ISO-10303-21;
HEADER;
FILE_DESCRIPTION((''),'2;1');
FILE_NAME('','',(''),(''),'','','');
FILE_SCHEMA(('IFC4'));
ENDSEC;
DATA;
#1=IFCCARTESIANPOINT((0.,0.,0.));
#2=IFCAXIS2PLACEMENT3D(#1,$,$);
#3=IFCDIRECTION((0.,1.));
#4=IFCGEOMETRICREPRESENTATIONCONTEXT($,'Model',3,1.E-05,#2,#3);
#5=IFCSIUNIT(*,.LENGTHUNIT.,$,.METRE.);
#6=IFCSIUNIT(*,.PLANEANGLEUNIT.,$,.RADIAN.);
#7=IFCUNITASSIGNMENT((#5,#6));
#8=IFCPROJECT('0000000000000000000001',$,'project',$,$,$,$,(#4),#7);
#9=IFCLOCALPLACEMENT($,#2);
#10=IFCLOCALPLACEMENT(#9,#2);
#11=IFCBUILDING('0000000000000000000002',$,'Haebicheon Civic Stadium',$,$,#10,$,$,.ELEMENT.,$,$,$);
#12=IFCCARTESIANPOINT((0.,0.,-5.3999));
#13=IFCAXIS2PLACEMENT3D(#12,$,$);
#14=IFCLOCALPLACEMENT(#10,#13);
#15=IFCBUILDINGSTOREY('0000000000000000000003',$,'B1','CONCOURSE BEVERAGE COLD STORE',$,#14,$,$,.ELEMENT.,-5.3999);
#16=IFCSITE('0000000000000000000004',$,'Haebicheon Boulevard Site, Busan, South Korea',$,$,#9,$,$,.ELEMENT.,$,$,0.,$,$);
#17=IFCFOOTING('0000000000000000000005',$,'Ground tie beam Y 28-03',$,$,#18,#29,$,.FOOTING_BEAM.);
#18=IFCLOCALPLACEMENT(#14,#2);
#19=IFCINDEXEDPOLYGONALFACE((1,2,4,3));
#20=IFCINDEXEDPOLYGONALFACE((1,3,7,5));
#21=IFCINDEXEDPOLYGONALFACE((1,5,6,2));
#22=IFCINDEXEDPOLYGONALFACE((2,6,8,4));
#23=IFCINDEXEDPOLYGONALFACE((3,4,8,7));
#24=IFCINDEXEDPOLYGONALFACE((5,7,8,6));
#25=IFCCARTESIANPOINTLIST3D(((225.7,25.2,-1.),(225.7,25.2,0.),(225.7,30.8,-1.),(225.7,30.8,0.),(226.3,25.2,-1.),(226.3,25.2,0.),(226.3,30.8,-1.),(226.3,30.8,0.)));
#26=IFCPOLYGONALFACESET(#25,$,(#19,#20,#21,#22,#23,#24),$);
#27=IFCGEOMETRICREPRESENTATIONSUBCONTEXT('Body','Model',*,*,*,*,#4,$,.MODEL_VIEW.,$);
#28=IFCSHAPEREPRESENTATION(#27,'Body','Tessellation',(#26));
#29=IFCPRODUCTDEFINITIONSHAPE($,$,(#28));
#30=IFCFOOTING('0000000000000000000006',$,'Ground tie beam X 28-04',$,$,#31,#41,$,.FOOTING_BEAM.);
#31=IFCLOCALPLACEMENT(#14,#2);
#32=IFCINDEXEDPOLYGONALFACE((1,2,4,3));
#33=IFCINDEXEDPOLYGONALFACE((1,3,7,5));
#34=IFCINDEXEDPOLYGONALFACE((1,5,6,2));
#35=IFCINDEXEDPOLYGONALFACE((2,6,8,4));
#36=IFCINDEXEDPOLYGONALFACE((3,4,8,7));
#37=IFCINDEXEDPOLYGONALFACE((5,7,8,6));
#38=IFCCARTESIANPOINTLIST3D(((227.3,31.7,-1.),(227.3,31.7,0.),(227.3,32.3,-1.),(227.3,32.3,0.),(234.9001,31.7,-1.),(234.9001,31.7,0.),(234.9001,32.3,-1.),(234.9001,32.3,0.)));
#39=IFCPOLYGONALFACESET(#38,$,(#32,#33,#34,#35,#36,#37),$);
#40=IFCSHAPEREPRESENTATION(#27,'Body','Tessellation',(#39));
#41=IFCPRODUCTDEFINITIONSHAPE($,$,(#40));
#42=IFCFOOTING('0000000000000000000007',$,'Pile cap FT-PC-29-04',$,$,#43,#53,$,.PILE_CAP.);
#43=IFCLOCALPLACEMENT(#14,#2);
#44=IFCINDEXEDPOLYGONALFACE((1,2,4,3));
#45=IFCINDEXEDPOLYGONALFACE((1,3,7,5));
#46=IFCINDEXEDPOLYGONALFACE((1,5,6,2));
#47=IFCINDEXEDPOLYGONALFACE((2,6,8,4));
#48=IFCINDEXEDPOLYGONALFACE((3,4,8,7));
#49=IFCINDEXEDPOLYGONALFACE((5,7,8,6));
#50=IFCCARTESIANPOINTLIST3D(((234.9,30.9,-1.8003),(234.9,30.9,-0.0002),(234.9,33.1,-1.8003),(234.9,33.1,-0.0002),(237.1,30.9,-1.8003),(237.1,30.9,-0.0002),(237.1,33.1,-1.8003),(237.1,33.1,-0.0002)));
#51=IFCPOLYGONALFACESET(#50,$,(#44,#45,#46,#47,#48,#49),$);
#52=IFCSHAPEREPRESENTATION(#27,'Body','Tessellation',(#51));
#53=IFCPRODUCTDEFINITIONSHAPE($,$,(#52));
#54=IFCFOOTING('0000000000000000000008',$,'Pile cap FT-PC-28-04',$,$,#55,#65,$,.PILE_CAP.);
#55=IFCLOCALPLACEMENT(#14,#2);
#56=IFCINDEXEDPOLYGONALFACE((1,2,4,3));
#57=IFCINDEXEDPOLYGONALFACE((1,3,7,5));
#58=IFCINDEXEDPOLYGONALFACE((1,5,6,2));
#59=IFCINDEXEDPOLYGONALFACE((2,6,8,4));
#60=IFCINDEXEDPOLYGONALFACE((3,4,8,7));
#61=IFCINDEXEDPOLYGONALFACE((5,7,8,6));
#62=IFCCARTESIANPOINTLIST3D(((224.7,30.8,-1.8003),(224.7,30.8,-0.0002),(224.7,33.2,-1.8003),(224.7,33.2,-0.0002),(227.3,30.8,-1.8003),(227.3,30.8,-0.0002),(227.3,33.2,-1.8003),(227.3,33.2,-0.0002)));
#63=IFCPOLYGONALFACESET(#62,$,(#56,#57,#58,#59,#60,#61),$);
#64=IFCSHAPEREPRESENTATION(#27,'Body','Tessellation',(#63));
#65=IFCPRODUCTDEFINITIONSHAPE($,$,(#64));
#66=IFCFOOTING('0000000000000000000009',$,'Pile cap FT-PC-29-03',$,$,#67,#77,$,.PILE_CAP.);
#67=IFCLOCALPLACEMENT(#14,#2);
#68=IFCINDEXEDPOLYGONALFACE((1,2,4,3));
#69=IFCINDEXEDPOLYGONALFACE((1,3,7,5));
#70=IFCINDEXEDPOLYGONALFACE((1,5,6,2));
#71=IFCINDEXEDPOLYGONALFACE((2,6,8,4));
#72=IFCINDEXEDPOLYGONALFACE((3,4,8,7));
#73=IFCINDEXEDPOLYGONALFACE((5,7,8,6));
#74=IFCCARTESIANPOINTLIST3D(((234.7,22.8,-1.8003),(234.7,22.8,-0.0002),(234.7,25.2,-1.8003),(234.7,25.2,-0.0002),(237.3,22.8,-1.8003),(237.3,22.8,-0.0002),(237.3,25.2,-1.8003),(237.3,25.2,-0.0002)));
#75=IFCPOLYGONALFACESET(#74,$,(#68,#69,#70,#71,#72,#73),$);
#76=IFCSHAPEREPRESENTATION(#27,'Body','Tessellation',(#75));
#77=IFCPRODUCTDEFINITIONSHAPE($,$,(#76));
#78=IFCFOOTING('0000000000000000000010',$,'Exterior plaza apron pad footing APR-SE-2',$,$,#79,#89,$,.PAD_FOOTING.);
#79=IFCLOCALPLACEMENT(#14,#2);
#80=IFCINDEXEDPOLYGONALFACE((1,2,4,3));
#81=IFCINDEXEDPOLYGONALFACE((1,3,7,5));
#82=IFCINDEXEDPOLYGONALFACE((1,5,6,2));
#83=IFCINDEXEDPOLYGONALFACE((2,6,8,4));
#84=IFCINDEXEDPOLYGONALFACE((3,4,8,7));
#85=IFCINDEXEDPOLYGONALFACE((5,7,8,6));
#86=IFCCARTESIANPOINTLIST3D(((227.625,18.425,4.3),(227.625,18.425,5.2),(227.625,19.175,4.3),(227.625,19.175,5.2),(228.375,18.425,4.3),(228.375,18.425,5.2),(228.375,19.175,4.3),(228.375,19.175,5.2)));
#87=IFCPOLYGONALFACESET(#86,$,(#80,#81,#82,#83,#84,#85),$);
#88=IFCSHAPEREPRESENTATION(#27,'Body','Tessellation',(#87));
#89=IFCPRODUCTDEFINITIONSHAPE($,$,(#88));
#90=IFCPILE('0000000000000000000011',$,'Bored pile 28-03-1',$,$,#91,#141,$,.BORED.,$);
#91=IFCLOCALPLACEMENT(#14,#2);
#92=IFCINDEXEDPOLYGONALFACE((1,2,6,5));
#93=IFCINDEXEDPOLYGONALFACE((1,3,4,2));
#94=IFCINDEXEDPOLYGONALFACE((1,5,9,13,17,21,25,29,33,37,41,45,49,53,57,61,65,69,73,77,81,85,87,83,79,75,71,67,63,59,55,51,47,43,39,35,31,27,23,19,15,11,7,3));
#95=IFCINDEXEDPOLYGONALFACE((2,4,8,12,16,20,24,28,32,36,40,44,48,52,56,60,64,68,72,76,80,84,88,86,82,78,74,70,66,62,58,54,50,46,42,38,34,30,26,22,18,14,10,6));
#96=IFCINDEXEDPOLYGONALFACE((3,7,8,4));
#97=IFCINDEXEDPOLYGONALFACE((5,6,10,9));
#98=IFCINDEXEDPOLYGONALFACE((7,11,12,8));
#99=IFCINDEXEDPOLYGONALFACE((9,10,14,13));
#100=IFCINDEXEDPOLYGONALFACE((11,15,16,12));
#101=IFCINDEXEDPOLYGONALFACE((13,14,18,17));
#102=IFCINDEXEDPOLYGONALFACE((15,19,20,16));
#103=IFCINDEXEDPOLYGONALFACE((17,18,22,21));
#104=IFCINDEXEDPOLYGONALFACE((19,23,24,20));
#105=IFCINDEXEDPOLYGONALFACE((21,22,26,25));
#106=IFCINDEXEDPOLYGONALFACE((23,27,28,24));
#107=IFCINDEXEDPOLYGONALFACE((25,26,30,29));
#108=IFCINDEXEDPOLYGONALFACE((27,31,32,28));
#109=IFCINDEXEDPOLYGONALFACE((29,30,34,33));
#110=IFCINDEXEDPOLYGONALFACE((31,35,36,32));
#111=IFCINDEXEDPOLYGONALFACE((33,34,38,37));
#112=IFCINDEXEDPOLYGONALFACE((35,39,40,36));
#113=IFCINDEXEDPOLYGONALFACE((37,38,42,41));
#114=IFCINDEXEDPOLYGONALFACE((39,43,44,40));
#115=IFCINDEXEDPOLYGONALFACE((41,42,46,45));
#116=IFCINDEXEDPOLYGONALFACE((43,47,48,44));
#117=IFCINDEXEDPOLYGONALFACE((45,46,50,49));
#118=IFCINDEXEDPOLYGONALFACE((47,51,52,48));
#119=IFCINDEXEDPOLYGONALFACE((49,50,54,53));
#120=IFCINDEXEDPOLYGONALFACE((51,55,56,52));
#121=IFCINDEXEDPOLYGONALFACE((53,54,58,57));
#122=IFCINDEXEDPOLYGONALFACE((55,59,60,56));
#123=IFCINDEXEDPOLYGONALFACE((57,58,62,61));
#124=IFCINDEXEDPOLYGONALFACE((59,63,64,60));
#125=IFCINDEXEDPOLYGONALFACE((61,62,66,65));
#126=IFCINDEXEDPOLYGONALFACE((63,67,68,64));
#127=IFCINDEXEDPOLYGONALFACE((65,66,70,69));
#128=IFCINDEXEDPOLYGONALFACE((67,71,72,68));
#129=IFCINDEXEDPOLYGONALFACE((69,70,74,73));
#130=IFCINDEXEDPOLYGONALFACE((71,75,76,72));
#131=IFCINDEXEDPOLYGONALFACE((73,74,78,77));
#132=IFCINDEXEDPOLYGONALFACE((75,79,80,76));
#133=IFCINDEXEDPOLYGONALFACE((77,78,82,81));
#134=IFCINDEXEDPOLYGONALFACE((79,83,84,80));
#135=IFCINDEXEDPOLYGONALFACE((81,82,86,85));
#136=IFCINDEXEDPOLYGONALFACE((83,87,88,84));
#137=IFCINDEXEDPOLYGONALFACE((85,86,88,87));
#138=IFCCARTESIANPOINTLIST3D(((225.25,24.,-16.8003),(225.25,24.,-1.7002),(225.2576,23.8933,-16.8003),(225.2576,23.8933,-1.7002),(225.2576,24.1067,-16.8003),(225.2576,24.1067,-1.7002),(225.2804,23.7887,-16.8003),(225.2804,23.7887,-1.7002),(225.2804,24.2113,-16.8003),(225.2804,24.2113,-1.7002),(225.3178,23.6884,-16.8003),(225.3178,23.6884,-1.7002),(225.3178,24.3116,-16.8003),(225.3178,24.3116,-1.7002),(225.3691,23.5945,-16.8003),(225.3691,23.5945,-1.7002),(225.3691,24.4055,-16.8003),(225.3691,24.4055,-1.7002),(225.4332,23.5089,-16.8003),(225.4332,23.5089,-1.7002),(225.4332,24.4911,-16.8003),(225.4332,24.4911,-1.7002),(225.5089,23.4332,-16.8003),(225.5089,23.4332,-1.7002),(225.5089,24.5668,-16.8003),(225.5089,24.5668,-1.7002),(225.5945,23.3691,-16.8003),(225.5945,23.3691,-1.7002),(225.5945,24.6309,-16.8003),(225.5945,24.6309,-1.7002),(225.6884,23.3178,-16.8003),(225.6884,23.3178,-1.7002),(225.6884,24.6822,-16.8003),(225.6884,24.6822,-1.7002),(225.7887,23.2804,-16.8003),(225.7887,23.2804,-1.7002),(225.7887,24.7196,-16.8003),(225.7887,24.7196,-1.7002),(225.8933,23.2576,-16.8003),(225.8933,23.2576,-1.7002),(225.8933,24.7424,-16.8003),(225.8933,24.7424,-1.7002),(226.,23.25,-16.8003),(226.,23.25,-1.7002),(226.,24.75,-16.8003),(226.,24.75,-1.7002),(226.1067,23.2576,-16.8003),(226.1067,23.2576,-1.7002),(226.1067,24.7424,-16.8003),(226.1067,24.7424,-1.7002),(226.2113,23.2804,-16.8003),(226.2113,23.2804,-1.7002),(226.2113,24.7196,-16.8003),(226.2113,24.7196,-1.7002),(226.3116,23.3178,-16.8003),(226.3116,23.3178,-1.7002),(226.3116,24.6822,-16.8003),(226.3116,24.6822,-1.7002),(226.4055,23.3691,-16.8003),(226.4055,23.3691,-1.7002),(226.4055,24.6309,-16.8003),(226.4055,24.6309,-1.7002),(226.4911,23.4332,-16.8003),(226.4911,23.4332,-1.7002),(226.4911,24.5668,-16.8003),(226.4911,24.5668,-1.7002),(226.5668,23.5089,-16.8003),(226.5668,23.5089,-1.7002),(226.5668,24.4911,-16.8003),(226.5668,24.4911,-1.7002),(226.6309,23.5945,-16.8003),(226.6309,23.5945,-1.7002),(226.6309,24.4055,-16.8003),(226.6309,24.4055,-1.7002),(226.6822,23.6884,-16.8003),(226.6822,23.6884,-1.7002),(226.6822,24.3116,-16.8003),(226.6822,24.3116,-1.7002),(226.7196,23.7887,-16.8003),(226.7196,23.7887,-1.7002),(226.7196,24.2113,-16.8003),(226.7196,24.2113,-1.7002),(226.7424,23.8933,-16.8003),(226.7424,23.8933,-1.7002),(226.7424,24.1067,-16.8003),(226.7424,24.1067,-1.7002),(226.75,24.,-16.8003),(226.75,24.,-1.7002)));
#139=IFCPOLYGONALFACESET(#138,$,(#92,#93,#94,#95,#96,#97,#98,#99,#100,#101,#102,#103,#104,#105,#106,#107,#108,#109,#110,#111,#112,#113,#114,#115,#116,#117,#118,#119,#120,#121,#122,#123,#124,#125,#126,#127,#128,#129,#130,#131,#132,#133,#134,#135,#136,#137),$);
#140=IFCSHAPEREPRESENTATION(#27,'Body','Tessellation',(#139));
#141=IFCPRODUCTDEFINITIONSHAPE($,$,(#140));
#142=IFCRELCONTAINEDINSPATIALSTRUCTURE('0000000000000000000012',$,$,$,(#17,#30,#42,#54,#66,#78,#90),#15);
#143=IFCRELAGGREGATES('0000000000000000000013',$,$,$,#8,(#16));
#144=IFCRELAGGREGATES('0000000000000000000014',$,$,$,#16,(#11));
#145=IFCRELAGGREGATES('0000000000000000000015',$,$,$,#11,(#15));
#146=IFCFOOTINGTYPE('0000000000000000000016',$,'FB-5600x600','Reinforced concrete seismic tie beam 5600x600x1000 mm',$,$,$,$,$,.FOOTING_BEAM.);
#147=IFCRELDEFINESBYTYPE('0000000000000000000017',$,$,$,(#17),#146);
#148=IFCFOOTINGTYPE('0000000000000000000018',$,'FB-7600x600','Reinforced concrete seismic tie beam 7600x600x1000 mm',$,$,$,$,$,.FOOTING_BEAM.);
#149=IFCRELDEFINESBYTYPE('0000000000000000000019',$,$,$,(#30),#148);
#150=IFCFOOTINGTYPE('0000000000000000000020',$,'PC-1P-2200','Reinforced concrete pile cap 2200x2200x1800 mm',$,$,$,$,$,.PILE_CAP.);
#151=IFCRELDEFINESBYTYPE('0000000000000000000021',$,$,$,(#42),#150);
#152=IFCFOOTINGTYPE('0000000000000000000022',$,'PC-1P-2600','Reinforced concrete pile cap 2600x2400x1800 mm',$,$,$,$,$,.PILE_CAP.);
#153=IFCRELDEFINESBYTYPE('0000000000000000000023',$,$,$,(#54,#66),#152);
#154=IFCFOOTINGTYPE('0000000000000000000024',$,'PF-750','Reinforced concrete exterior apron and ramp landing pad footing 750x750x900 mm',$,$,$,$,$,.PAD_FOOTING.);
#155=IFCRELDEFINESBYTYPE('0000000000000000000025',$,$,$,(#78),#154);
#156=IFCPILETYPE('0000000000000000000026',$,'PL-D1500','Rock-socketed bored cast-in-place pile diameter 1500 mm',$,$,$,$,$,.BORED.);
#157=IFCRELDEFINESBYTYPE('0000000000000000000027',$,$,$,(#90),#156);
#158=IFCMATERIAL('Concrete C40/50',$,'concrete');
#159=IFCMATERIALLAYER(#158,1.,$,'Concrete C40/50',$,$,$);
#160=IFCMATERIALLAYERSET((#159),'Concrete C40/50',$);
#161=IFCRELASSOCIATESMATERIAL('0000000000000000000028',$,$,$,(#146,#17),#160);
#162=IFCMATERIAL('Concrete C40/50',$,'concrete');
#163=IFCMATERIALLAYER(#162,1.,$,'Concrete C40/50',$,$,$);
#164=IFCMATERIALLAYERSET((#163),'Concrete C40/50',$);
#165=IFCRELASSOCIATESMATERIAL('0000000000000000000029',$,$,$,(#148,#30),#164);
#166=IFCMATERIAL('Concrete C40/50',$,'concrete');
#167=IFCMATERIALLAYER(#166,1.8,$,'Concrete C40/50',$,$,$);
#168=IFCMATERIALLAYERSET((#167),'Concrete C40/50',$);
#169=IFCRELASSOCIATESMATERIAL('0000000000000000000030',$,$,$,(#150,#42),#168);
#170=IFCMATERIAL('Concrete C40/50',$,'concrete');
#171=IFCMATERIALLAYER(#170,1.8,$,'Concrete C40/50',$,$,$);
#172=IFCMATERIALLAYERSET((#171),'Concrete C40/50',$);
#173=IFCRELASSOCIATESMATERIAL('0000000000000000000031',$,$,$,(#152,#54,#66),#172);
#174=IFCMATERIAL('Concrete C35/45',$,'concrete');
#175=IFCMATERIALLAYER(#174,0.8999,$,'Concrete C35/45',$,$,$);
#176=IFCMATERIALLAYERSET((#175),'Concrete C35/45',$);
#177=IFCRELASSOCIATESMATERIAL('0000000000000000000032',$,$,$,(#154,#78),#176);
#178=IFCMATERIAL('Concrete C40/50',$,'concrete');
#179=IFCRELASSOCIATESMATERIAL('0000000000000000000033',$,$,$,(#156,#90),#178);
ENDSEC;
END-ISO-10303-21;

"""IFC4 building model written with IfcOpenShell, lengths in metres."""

from ifc_helpers import new_model, si_unit, direction, frame, origin, origin_2d, place, context, subcontext, project, spatial, rectangle, circle, extrude, material, layer, layer_set, material_profile, profile_set, type_object, element, save


model = new_model("IFC4")

# Units and contexts
model_context = context("Model", 3, precision=1e-05, world=origin(), true_north=direction((0.0, 1.0)))
body_context = subcontext(model_context, "Body", "Model", "MODEL_VIEW")
ifc_project = project(units=[si_unit("LENGTHUNIT", "METRE"), si_unit("PLANEANGLEUNIT", "RADIAN")], contexts=[model_context])

# Site, building, storey
site_placement = place(None, origin())
site = spatial("IfcSite", under=ifc_project, at=site_placement, Name="Haebicheon Boulevard Site, Busan, South Korea", CompositionType="ELEMENT", RefElevation=0.0)
building_placement = place(site_placement, origin())
building = spatial("IfcBuilding", under=site, at=building_placement, Name="Haebicheon Civic Stadium", CompositionType="ELEMENT")
storey_placement = place(building_placement, frame((0.0, 0.0, -5.3999)))
storey = spatial("IfcBuildingStorey", under=building, at=storey_placement, Name="B1", Description="CONCOURSE BEVERAGE COLD STORE", CompositionType="ELEMENT", Elevation=-5.3999)

# Footings
ifc_material_1 = material(Name="Concrete C40/50", Category="concrete")
ifc_layer_1 = layer(ifc_material_1, 1.0, Name="Concrete C40/50")
ifc_layer_set_1 = layer_set([ifc_layer_1], Name="Concrete C40/50")
footing_type_1 = type_object("IfcFootingType", Name="FB-5600x600", Description="Reinforced concrete seismic tie beam 5600x600x1000 mm", PredefinedType="FOOTING_BEAM", material=ifc_layer_set_1)
footing_1_placement = place(storey_placement, frame((226.0, 28.0, -1.0), z_axis=(0.0, 0.0, 1.0), x_axis=(0.0, 1.0, 0.0)))
element("IfcFooting", 1, at=footing_1_placement, inside=storey, type_object=footing_type_1, material=ifc_layer_set_1, Name="Ground tie beam Y 28-03", PredefinedType="FOOTING_BEAM", context=body_context, shape_type="SweptSolid", body=[
    extrude(rectangle(XDim=5.6001, YDim=0.6001, at=origin_2d()), origin(), (0.0, 0.0, 1.0), 1.0),
])
ifc_material_2 = material(Name="Concrete C40/50", Category="concrete")
ifc_layer_2 = layer(ifc_material_2, 1.0, Name="Concrete C40/50")
ifc_layer_set_2 = layer_set([ifc_layer_2], Name="Concrete C40/50")
footing_type_2 = type_object("IfcFootingType", Name="FB-7600x600", Description="Reinforced concrete seismic tie beam 7600x600x1000 mm", PredefinedType="FOOTING_BEAM", material=ifc_layer_set_2)
footing_2_placement = place(storey_placement, frame((231.1001, 32.0, -1.0), z_axis=(0.0, 0.0, 1.0), x_axis=(1.0, 0.0, 0.0)))
element("IfcFooting", 2, at=footing_2_placement, inside=storey, type_object=footing_type_2, material=ifc_layer_set_2, Name="Ground tie beam X 28-04", PredefinedType="FOOTING_BEAM", context=body_context, shape_type="SweptSolid", body=[
    extrude(rectangle(XDim=7.6001, YDim=0.6001, at=origin_2d()), origin(), (0.0, 0.0, 1.0), 1.0),
])
ifc_material_3 = material(Name="Concrete C40/50", Category="concrete")
ifc_layer_3 = layer(ifc_material_3, 1.8, Name="Concrete C40/50")
ifc_layer_set_3 = layer_set([ifc_layer_3], Name="Concrete C40/50")
footing_type_3 = type_object("IfcFootingType", Name="PC-1P-2200", Description="Reinforced concrete pile cap 2200x2200x1800 mm", PredefinedType="PILE_CAP", material=ifc_layer_set_3)
footing_3_placement = place(storey_placement, frame((236.0, 32.0, -1.8003), z_axis=(0.0, 0.0, 1.0), x_axis=(1.0, 0.0, 0.0)))
element("IfcFooting", 3, at=footing_3_placement, inside=storey, type_object=footing_type_3, material=ifc_layer_set_3, Name="Pile cap FT-PC-29-04", PredefinedType="PILE_CAP", context=body_context, shape_type="SweptSolid", body=[
    extrude(rectangle(XDim=2.2, YDim=2.2, at=origin_2d()), origin(), (0.0, 0.0, 1.0), 1.8),
])
ifc_material_4 = material(Name="Concrete C40/50", Category="concrete")
ifc_layer_4 = layer(ifc_material_4, 1.8, Name="Concrete C40/50")
ifc_layer_set_4 = layer_set([ifc_layer_4], Name="Concrete C40/50")
footing_type_4 = type_object("IfcFootingType", Name="PC-1P-2600", Description="Reinforced concrete pile cap 2600x2400x1800 mm", PredefinedType="PILE_CAP", material=ifc_layer_set_4)
for number, where, z_axis, x_axis, name in (
    (4, (226.0, 32.0, -1.8003), (0.0, 0.0, 1.0), (1.0, 0.0, 0.0), "Pile cap FT-PC-28-04"),
    (5, (236.0, 24.0, -1.8003), (0.0, 0.0, 1.0), (1.0, 0.0, 0.0), "Pile cap FT-PC-29-03"),
):
    element("IfcFooting", number, at=place(storey_placement, frame(where, z_axis=z_axis, x_axis=x_axis)), inside=storey, type_object=footing_type_4, material=ifc_layer_set_4, Name=name, PredefinedType="PILE_CAP", context=body_context, shape_type="SweptSolid", body=[
        extrude(rectangle(XDim=2.6001, YDim=2.3999, at=origin_2d()), origin(), (0.0, 0.0, 1.0), 1.8),
    ])
ifc_material_5 = material(Name="Concrete C35/45", Category="concrete")
ifc_layer_5 = layer(ifc_material_5, 0.8999, Name="Concrete C35/45")
ifc_layer_set_5 = layer_set([ifc_layer_5], Name="Concrete C35/45")
footing_type_5 = type_object("IfcFootingType", Name="PF-750", Description="Reinforced concrete exterior apron and ramp landing pad footing 750x750x900 mm", PredefinedType="PAD_FOOTING", material=ifc_layer_set_5)
footing_4_placement = place(storey_placement, frame((228.0, 18.8, 4.3), z_axis=(0.0, 0.0, 1.0), x_axis=(1.0, 0.0, 0.0)))
element("IfcFooting", 6, at=footing_4_placement, inside=storey, type_object=footing_type_5, material=ifc_layer_set_5, Name="Exterior plaza apron pad footing APR-SE-2", PredefinedType="PAD_FOOTING", context=body_context, shape_type="SweptSolid", body=[
    extrude(rectangle(XDim=0.75, YDim=0.75, at=origin_2d()), origin(), (0.0, 0.0, 1.0), 0.8999),
])

# Pile
ifc_material_6 = material(Name="Concrete C40/50", Category="concrete")
ifc_material_profile_1 = material_profile(ifc_material_6, circle(Radius=0.75, at=origin_2d()), Name="PILE-D1500")
ifc_profile_set_1 = profile_set([ifc_material_profile_1], Name="Concrete C40/50")
pile_type = type_object("IfcPileType", Name="PL-D1500", Description="Rock-socketed bored cast-in-place pile diameter 1500 mm", PredefinedType="BORED", material=ifc_profile_set_1)
pile_placement = place(storey_placement, frame((226.0, 24.0, -1.7002), z_axis=(0.0, 0.0, -1.0), x_axis=(1.0, 0.0, 0.0)))
element("IfcPile", 7, at=pile_placement, inside=storey, type_object=pile_type, material=ifc_profile_set_1, Name="Bored pile 28-03-1", PredefinedType="BORED", context=body_context, shape_type="SweptSolid", body=[
    extrude(circle(Radius=0.75, at=origin_2d()), origin(), (0.0, 0.0, 1.0), 15.1001),
])

save(model, "model.ifc")
